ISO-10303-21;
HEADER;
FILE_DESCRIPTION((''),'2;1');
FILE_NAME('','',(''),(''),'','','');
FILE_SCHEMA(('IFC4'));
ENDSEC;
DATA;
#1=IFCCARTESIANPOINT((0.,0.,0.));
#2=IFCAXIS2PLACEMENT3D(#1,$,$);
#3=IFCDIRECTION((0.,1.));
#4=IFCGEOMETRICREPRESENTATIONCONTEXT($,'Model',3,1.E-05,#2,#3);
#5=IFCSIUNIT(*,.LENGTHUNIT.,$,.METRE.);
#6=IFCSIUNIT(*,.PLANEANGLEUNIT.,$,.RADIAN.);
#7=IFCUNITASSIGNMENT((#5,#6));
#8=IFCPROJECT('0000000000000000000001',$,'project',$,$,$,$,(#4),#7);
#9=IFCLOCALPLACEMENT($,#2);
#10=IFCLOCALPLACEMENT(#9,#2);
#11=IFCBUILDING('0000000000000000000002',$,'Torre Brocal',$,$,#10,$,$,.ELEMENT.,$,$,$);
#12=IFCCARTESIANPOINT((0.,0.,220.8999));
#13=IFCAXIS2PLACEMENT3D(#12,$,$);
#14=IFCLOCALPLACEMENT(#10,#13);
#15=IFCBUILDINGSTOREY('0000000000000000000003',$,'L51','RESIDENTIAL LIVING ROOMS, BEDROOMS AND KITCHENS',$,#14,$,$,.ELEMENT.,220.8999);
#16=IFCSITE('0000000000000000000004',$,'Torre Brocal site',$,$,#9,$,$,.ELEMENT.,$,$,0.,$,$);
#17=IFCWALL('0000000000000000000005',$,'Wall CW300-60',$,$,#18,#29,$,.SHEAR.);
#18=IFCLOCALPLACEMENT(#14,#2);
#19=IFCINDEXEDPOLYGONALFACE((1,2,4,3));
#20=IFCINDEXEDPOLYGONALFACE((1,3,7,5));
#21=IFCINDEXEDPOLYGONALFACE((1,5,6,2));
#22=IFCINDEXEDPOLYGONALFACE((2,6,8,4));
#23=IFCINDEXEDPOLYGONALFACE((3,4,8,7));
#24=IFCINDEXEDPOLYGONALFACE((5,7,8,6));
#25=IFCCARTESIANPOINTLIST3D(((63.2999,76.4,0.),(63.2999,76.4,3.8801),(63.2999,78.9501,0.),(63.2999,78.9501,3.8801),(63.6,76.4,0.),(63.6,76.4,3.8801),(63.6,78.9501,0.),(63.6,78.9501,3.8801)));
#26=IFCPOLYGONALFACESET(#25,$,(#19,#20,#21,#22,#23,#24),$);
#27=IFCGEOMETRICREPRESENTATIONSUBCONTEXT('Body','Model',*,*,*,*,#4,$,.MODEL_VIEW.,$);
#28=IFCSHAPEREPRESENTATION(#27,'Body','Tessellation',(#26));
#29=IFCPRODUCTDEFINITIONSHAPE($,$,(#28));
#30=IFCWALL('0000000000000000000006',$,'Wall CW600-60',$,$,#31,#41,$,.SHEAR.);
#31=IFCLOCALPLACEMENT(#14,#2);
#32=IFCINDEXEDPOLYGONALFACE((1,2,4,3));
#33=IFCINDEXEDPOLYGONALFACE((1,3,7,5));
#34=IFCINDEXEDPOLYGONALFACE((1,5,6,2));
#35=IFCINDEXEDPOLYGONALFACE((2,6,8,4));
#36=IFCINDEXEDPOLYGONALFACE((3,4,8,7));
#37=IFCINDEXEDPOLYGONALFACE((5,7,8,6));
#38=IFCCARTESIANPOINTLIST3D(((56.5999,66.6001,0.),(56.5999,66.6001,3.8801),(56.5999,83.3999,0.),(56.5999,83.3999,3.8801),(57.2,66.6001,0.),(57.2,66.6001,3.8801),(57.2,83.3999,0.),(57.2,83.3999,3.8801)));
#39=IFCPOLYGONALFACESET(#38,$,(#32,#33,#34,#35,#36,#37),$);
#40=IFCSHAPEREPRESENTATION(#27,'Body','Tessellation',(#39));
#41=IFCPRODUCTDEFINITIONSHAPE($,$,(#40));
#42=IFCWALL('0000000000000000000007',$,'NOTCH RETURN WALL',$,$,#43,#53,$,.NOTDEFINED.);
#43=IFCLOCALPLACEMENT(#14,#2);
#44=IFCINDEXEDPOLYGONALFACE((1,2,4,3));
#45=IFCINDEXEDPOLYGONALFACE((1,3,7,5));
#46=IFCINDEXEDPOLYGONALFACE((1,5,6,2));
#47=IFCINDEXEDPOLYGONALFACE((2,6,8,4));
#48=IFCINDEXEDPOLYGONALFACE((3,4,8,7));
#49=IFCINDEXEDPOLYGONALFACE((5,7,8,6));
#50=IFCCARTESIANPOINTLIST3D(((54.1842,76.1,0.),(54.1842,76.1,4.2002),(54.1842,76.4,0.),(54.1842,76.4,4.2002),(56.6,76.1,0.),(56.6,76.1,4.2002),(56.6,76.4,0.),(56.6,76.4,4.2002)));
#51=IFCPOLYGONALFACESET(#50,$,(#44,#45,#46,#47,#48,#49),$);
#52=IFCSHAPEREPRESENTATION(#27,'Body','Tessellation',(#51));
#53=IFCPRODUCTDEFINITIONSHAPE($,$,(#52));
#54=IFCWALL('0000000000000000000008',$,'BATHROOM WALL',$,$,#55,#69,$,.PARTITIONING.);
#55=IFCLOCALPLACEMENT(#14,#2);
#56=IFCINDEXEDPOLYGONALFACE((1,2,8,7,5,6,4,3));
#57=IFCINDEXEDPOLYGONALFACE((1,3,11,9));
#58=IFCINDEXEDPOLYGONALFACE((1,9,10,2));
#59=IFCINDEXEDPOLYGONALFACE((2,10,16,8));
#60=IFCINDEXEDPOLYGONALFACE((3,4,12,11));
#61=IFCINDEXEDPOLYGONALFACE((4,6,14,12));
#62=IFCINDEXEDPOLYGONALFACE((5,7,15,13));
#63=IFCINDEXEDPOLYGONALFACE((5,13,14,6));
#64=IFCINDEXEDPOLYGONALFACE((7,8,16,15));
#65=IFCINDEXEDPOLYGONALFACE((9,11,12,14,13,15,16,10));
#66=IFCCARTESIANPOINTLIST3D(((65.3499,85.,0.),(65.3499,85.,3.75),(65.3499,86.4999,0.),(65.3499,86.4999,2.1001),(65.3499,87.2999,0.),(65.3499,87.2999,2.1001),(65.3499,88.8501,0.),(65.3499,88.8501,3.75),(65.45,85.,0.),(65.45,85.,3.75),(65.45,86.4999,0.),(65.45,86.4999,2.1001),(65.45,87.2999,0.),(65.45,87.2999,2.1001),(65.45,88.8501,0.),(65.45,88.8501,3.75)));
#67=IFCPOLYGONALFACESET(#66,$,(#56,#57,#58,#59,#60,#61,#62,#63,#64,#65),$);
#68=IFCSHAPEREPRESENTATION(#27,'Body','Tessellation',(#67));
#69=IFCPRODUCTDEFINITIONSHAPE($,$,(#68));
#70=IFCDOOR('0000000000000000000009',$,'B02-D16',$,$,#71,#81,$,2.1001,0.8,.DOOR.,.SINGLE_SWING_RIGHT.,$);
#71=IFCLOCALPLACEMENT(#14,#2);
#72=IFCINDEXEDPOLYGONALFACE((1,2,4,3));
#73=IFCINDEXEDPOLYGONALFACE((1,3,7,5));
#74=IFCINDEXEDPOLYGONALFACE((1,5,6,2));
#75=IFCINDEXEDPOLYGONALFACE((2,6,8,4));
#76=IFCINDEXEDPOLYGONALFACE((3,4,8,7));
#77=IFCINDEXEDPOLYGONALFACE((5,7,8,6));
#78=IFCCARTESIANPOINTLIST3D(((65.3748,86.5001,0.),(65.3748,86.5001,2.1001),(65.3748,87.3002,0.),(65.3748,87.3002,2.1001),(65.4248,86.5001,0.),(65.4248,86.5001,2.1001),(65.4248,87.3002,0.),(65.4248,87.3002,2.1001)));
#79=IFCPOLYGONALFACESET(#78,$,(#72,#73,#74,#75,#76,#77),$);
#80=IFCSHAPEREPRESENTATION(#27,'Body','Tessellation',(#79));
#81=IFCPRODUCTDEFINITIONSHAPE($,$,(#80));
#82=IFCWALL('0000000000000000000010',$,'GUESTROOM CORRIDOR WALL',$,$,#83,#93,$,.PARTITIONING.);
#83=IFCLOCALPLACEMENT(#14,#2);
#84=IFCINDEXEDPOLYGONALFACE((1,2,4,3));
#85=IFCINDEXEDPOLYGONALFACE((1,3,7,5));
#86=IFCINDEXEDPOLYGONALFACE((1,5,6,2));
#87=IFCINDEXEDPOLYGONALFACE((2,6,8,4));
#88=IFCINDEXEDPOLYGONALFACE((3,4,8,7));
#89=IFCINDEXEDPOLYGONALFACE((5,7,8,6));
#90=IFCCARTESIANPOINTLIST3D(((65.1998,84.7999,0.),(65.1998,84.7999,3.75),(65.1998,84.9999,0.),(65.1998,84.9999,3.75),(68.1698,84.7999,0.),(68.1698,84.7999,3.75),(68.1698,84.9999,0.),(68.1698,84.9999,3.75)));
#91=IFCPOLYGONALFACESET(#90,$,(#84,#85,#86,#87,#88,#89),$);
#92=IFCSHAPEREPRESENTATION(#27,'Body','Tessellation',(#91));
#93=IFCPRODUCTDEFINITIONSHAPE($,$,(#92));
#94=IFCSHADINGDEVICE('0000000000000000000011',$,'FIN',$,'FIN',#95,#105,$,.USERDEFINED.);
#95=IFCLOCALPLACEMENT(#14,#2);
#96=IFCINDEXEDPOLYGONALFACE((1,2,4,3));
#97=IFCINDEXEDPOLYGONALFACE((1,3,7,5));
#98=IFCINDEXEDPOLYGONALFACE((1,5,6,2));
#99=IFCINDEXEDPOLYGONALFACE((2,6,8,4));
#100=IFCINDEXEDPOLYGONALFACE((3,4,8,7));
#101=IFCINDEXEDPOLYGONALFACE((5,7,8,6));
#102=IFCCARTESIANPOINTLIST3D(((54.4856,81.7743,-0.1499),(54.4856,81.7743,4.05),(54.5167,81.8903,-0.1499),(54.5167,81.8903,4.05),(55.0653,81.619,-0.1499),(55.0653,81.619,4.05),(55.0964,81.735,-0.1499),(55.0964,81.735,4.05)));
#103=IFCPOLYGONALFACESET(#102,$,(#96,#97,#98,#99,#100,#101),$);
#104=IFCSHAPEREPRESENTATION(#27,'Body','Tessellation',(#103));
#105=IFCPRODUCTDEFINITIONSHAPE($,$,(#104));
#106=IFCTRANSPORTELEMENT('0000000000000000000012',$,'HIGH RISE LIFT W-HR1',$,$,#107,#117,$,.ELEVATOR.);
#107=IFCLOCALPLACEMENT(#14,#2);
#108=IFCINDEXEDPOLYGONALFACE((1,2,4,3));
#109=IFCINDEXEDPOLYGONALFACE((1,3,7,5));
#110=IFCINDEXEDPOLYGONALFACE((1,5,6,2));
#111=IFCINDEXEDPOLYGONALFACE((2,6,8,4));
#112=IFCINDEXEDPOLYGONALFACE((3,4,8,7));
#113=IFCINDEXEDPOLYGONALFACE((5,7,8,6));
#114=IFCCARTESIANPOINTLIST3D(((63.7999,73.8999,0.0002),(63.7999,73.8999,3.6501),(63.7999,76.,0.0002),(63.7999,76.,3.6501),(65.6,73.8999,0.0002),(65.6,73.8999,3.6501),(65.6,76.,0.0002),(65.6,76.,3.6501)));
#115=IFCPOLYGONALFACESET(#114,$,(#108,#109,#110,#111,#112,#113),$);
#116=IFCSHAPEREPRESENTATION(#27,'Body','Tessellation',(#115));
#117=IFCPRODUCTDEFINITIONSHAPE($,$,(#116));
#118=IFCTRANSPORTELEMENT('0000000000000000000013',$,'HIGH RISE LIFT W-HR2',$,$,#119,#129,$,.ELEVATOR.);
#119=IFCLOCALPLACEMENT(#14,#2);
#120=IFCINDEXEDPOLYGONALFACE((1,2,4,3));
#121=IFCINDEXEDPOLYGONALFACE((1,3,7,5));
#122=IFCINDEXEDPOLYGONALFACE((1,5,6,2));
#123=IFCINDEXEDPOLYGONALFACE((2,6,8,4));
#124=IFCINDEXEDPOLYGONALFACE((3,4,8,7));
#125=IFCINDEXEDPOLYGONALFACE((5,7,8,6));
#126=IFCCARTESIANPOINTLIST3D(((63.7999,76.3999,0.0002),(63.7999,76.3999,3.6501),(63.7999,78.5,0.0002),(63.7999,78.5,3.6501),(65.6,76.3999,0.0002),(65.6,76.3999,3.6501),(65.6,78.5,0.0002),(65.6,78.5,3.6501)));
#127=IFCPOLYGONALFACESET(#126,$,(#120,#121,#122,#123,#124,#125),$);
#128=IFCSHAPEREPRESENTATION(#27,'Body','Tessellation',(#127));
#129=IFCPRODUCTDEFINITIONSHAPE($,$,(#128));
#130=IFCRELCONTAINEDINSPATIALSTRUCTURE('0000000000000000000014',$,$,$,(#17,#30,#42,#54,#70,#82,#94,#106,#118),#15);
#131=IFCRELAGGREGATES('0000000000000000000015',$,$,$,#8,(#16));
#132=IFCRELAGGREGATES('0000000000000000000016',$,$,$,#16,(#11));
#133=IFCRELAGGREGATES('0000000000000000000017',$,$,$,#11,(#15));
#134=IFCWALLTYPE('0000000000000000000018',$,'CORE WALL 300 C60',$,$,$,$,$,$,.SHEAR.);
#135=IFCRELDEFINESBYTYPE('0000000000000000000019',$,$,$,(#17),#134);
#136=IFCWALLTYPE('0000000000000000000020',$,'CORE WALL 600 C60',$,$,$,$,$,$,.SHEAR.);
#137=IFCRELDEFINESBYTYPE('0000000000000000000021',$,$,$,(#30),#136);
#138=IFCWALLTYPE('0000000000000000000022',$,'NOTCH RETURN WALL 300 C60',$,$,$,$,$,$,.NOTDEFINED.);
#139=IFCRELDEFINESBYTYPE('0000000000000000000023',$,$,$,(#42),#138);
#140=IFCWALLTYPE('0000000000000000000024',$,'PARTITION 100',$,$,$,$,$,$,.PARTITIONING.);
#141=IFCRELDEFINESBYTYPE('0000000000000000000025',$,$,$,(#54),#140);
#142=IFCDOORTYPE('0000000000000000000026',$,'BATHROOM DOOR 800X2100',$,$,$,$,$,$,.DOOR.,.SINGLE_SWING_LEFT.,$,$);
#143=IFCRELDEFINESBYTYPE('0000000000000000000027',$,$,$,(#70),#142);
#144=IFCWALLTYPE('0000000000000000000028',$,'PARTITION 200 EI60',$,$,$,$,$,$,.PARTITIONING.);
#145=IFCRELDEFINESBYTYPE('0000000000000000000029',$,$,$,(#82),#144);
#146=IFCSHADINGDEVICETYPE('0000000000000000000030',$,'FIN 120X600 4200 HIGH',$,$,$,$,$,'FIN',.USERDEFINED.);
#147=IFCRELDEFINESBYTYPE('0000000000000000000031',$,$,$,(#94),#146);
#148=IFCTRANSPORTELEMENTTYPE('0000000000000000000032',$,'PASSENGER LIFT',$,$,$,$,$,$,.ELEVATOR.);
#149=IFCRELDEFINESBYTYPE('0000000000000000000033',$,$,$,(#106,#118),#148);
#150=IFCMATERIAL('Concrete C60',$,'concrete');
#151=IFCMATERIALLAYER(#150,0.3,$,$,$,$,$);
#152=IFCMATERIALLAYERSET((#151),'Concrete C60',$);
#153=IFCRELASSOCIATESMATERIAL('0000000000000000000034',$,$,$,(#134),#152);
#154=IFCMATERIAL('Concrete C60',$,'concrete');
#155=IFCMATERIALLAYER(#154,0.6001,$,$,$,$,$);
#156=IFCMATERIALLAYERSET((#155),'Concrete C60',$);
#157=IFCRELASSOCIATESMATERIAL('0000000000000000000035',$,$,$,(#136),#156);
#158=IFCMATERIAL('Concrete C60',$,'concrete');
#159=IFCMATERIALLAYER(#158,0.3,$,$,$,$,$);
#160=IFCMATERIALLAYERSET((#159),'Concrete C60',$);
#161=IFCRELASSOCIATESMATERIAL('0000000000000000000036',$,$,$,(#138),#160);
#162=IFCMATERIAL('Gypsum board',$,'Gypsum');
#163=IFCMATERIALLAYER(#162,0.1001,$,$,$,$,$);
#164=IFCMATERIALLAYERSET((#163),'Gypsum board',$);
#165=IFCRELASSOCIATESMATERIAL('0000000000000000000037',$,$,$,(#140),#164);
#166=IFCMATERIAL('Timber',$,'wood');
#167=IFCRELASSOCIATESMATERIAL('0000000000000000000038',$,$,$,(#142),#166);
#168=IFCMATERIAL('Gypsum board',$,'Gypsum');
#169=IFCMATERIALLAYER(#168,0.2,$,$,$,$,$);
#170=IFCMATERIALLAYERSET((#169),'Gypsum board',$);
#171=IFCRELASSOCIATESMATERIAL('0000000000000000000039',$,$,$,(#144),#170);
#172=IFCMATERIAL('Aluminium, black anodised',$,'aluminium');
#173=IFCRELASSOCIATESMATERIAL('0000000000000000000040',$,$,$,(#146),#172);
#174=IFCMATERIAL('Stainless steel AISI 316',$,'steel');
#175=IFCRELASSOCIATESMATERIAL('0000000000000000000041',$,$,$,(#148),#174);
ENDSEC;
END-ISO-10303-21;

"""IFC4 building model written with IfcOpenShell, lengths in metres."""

from ifc_helpers import new_model, si_unit, direction, frame, frame_2d, origin, origin_2d, place, context, subcontext, project, spatial, rectangle, extrude, material, layer, layer_set, material_profile, profile_set, type_object, element, fill, save


model = new_model("IFC4")

# Units and contexts
model_context = context("Model", 3, precision=1e-05, world=origin(), true_north=direction((0.0, 1.0)))
body_context = subcontext(model_context, "Body", "Model", "MODEL_VIEW")
ifc_project = project(units=[si_unit("LENGTHUNIT", "METRE"), si_unit("PLANEANGLEUNIT", "RADIAN")], contexts=[model_context])

# Site, building, storey
site_placement = place(None, origin())
site = spatial("IfcSite", under=ifc_project, at=site_placement, Name="Torre Brocal site", CompositionType="ELEMENT", RefElevation=0.0)
building_placement = place(site_placement, origin())
building = spatial("IfcBuilding", under=site, at=building_placement, Name="Torre Brocal", CompositionType="ELEMENT")
storey_placement = place(building_placement, frame((0.0, 0.0, 220.8999)))
storey = spatial("IfcBuildingStorey", under=building, at=storey_placement, Name="L51", Description="RESIDENTIAL LIVING ROOMS, BEDROOMS AND KITCHENS", CompositionType="ELEMENT", Elevation=220.8999)

# Walls
ifc_material_1 = material(Name="Concrete C60", Category="concrete")
ifc_layer_1 = layer(ifc_material_1, 0.3)
ifc_layer_set_1 = layer_set([ifc_layer_1], Name="Concrete C60")
wall_type_1 = type_object("IfcWallType", Name="CORE WALL 300 C60", PredefinedType="SHEAR", material=ifc_layer_set_1)
for number, where, z_axis, x_axis, name in (
    (1, (63.45, 78.95, 0.0), (0.0, 0.0, 1.0), (0.0, -1.0, 0.0), "Wall CW300-60"),
):
    element("IfcWall", number, at=place(storey_placement, frame(where, z_axis=z_axis, x_axis=x_axis)), inside=storey, type_object=wall_type_1, Name=name, PredefinedType="SHEAR", context=body_context, shape_type="SweptSolid", body=[
        extrude(rectangle(XDim=2.55, YDim=0.3, at=frame_2d((1.2749, 0.0))), origin(), (0.0, 0.0, 1.0), 3.8801),
    ])
ifc_material_2 = material(Name="Concrete C60", Category="concrete")
ifc_layer_2 = layer(ifc_material_2, 0.6001)
ifc_layer_set_2 = layer_set([ifc_layer_2], Name="Concrete C60")
wall_type_2 = type_object("IfcWallType", Name="CORE WALL 600 C60", PredefinedType="SHEAR", material=ifc_layer_set_2)
wall_1_placement = place(storey_placement, frame((56.8999, 83.3999, 0.0), z_axis=(0.0, 0.0, 1.0), x_axis=(0.0, -1.0, 0.0)))
element("IfcWall", 2, at=wall_1_placement, inside=storey, type_object=wall_type_2, Name="Wall CW600-60", PredefinedType="SHEAR", context=body_context, shape_type="SweptSolid", body=[
    extrude(rectangle(XDim=16.7998, YDim=0.6001, at=frame_2d((8.3999, 0.0))), origin(), (0.0, 0.0, 1.0), 3.8801),
])
ifc_material_3 = material(Name="Concrete C60", Category="concrete")
ifc_layer_3 = layer(ifc_material_3, 0.3)
ifc_layer_set_3 = layer_set([ifc_layer_3], Name="Concrete C60")
wall_type_3 = type_object("IfcWallType", Name="NOTCH RETURN WALL 300 C60", PredefinedType="NOTDEFINED", material=ifc_layer_set_3)
wall_2_placement = place(storey_placement, frame((56.6001, 76.25, 0.0), z_axis=(0.0, 0.0, 1.0), x_axis=(-1.0, 0.0, 0.0)))
element("IfcWall", 3, at=wall_2_placement, inside=storey, type_object=wall_type_3, Name="NOTCH RETURN WALL", PredefinedType="NOTDEFINED", context=body_context, shape_type="SweptSolid", body=[
    extrude(rectangle(XDim=2.4158, YDim=0.3, at=frame_2d((1.208, 0.0))), origin(), (0.0, 0.0, 1.0), 4.2002),
])

# Wall, opening, door
ifc_material_4 = material(Name="Gypsum board", Category="Gypsum")
ifc_layer_4 = layer(ifc_material_4, 0.1001)
ifc_layer_set_4 = layer_set([ifc_layer_4], Name="Gypsum board")
wall_type_4 = type_object("IfcWallType", Name="PARTITION 100", PredefinedType="PARTITIONING", material=ifc_layer_set_4)
wall_3_placement = place(storey_placement, frame((65.3999, 85.0, 0.0), z_axis=(0.0, 0.0, 1.0), x_axis=(0.0, 1.0, 0.0)))
wall_3 = element("IfcWall", 4, at=wall_3_placement, inside=storey, type_object=wall_type_4, Name="BATHROOM WALL", PredefinedType="PARTITIONING", context=body_context, shape_type="SweptSolid", body=[
    extrude(rectangle(XDim=3.8501, YDim=0.1001, at=frame_2d((1.925, 0.0))), origin(), (0.0, 0.0, 1.0), 3.75),
])
opening_placement = place(wall_3_placement, frame((1.5, 0.0, 0.0)))
opening = element("IfcOpeningElement", 5, at=opening_placement, cuts=wall_3, PredefinedType="OPENING", context=body_context, shape_type="SweptSolid", body=[
    extrude(rectangle(XDim=0.8, YDim=2.1001, at=frame_2d((0.3999, 1.05))), frame((0.0, 0.0601, 0.0), z_axis=(0.0, -1.0, 0.0), x_axis=(1.0, 0.0, 0.0)), (0.0, 0.0, 1.0), 0.1201),
])
ifc_material_5 = material(Name="Timber", Category="wood")
door_type = type_object("IfcDoorType", Name="BATHROOM DOOR 800X2100", OperationType="SINGLE_SWING_LEFT", PredefinedType="DOOR", material=ifc_material_5)
door_placement = place(opening_placement, frame((0.8, 0.0, 0.0), z_axis=(0.0, 0.0, 1.0), x_axis=(-1.0, 0.0, 0.0)))
door = element("IfcDoor", 6, at=door_placement, inside=storey, type_object=door_type, Name="B02-D16", OperationType="SINGLE_SWING_RIGHT", OverallHeight=2.1001, OverallWidth=0.8, PredefinedType="DOOR", context=body_context, shape_type="SweptSolid", body=[
    extrude(rectangle(XDim=0.8, YDim=2.1001, at=frame_2d((0.3999, 1.05))), frame((0.0, 0.0249, 0.0), z_axis=(0.0, -1.0, 0.0), x_axis=(1.0, 0.0, 0.0)), (0.0, 0.0, 1.0), 0.05),
])
fill(opening, door)

# Wall
ifc_material_6 = material(Name="Gypsum board", Category="Gypsum")
ifc_layer_5 = layer(ifc_material_6, 0.2)
ifc_layer_set_5 = layer_set([ifc_layer_5], Name="Gypsum board")
wall_type_5 = type_object("IfcWallType", Name="PARTITION 200 EI60", PredefinedType="PARTITIONING", material=ifc_layer_set_5)
wall_4_placement = place(storey_placement, frame((65.2, 84.8999, 0.0), z_axis=(0.0, 0.0, 1.0), x_axis=(1.0, 0.0, 0.0)))
element("IfcWall", 7, at=wall_4_placement, inside=storey, type_object=wall_type_5, Name="GUESTROOM CORRIDOR WALL", PredefinedType="PARTITIONING", context=body_context, shape_type="SweptSolid", body=[
    extrude(rectangle(XDim=2.97, YDim=0.2, at=frame_2d((1.4849, 0.0))), origin(), (0.0, 0.0, 1.0), 3.75),
])

# Shading device
ifc_material_7 = material(Name="Aluminium, black anodised", Category="aluminium")
ifc_material_profile_1 = material_profile(ifc_material_7, rectangle(XDim=0.1201, YDim=0.6001, at=origin_2d()), Name="FIN 120X600 4200 HIGH")
ifc_profile_set_1 = profile_set([ifc_material_profile_1], Name="Aluminium, black anodised")
shading_device_type = type_object("IfcShadingDeviceType", Name="FIN 120X600 4200 HIGH", ElementType="FIN", PredefinedType="USERDEFINED", material=ifc_profile_set_1)
shading_device_placement = place(storey_placement, frame((54.791, 81.7546, -0.1499), z_axis=(0.0, 0.0, 1.0), x_axis=(-0.258819, -0.965926, 0.0)))
element("IfcShadingDevice", 8, at=shading_device_placement, inside=storey, type_object=shading_device_type, Name="FIN", ObjectType="FIN", PredefinedType="USERDEFINED", context=body_context, shape_type="SweptSolid", body=[
    extrude(rectangle(XDim=0.1201, YDim=0.6001, at=origin_2d()), origin(), (0.0, 0.0, 1.0), 4.2),
])

# Transport elements
ifc_material_8 = material(Name="Stainless steel AISI 316", Category="steel")
transport_element_type = type_object("IfcTransportElementType", Name="PASSENGER LIFT", PredefinedType="ELEVATOR", material=ifc_material_8)
for number, where, z_axis, x_axis, name in (
    (9, (64.7, 74.95, 0.0002), (0.0, 0.0, 1.0), (1.0, 0.0, 0.0), "HIGH RISE LIFT W-HR1"),
    (10, (64.7, 77.45, 0.0002), (0.0, 0.0, 1.0), (1.0, 0.0, 0.0), "HIGH RISE LIFT W-HR2"),
):
    element("IfcTransportElement", number, at=place(storey_placement, frame(where, z_axis=z_axis, x_axis=x_axis)), inside=storey, type_object=transport_element_type, Name=name, PredefinedType="ELEVATOR", context=body_context, shape_type="SweptSolid", body=[
        extrude(rectangle(XDim=1.8, YDim=2.1001, at=origin_2d()), origin(), (0.0, 0.0, 1.0), 3.6499),
    ])

save(model, "model.ifc")
